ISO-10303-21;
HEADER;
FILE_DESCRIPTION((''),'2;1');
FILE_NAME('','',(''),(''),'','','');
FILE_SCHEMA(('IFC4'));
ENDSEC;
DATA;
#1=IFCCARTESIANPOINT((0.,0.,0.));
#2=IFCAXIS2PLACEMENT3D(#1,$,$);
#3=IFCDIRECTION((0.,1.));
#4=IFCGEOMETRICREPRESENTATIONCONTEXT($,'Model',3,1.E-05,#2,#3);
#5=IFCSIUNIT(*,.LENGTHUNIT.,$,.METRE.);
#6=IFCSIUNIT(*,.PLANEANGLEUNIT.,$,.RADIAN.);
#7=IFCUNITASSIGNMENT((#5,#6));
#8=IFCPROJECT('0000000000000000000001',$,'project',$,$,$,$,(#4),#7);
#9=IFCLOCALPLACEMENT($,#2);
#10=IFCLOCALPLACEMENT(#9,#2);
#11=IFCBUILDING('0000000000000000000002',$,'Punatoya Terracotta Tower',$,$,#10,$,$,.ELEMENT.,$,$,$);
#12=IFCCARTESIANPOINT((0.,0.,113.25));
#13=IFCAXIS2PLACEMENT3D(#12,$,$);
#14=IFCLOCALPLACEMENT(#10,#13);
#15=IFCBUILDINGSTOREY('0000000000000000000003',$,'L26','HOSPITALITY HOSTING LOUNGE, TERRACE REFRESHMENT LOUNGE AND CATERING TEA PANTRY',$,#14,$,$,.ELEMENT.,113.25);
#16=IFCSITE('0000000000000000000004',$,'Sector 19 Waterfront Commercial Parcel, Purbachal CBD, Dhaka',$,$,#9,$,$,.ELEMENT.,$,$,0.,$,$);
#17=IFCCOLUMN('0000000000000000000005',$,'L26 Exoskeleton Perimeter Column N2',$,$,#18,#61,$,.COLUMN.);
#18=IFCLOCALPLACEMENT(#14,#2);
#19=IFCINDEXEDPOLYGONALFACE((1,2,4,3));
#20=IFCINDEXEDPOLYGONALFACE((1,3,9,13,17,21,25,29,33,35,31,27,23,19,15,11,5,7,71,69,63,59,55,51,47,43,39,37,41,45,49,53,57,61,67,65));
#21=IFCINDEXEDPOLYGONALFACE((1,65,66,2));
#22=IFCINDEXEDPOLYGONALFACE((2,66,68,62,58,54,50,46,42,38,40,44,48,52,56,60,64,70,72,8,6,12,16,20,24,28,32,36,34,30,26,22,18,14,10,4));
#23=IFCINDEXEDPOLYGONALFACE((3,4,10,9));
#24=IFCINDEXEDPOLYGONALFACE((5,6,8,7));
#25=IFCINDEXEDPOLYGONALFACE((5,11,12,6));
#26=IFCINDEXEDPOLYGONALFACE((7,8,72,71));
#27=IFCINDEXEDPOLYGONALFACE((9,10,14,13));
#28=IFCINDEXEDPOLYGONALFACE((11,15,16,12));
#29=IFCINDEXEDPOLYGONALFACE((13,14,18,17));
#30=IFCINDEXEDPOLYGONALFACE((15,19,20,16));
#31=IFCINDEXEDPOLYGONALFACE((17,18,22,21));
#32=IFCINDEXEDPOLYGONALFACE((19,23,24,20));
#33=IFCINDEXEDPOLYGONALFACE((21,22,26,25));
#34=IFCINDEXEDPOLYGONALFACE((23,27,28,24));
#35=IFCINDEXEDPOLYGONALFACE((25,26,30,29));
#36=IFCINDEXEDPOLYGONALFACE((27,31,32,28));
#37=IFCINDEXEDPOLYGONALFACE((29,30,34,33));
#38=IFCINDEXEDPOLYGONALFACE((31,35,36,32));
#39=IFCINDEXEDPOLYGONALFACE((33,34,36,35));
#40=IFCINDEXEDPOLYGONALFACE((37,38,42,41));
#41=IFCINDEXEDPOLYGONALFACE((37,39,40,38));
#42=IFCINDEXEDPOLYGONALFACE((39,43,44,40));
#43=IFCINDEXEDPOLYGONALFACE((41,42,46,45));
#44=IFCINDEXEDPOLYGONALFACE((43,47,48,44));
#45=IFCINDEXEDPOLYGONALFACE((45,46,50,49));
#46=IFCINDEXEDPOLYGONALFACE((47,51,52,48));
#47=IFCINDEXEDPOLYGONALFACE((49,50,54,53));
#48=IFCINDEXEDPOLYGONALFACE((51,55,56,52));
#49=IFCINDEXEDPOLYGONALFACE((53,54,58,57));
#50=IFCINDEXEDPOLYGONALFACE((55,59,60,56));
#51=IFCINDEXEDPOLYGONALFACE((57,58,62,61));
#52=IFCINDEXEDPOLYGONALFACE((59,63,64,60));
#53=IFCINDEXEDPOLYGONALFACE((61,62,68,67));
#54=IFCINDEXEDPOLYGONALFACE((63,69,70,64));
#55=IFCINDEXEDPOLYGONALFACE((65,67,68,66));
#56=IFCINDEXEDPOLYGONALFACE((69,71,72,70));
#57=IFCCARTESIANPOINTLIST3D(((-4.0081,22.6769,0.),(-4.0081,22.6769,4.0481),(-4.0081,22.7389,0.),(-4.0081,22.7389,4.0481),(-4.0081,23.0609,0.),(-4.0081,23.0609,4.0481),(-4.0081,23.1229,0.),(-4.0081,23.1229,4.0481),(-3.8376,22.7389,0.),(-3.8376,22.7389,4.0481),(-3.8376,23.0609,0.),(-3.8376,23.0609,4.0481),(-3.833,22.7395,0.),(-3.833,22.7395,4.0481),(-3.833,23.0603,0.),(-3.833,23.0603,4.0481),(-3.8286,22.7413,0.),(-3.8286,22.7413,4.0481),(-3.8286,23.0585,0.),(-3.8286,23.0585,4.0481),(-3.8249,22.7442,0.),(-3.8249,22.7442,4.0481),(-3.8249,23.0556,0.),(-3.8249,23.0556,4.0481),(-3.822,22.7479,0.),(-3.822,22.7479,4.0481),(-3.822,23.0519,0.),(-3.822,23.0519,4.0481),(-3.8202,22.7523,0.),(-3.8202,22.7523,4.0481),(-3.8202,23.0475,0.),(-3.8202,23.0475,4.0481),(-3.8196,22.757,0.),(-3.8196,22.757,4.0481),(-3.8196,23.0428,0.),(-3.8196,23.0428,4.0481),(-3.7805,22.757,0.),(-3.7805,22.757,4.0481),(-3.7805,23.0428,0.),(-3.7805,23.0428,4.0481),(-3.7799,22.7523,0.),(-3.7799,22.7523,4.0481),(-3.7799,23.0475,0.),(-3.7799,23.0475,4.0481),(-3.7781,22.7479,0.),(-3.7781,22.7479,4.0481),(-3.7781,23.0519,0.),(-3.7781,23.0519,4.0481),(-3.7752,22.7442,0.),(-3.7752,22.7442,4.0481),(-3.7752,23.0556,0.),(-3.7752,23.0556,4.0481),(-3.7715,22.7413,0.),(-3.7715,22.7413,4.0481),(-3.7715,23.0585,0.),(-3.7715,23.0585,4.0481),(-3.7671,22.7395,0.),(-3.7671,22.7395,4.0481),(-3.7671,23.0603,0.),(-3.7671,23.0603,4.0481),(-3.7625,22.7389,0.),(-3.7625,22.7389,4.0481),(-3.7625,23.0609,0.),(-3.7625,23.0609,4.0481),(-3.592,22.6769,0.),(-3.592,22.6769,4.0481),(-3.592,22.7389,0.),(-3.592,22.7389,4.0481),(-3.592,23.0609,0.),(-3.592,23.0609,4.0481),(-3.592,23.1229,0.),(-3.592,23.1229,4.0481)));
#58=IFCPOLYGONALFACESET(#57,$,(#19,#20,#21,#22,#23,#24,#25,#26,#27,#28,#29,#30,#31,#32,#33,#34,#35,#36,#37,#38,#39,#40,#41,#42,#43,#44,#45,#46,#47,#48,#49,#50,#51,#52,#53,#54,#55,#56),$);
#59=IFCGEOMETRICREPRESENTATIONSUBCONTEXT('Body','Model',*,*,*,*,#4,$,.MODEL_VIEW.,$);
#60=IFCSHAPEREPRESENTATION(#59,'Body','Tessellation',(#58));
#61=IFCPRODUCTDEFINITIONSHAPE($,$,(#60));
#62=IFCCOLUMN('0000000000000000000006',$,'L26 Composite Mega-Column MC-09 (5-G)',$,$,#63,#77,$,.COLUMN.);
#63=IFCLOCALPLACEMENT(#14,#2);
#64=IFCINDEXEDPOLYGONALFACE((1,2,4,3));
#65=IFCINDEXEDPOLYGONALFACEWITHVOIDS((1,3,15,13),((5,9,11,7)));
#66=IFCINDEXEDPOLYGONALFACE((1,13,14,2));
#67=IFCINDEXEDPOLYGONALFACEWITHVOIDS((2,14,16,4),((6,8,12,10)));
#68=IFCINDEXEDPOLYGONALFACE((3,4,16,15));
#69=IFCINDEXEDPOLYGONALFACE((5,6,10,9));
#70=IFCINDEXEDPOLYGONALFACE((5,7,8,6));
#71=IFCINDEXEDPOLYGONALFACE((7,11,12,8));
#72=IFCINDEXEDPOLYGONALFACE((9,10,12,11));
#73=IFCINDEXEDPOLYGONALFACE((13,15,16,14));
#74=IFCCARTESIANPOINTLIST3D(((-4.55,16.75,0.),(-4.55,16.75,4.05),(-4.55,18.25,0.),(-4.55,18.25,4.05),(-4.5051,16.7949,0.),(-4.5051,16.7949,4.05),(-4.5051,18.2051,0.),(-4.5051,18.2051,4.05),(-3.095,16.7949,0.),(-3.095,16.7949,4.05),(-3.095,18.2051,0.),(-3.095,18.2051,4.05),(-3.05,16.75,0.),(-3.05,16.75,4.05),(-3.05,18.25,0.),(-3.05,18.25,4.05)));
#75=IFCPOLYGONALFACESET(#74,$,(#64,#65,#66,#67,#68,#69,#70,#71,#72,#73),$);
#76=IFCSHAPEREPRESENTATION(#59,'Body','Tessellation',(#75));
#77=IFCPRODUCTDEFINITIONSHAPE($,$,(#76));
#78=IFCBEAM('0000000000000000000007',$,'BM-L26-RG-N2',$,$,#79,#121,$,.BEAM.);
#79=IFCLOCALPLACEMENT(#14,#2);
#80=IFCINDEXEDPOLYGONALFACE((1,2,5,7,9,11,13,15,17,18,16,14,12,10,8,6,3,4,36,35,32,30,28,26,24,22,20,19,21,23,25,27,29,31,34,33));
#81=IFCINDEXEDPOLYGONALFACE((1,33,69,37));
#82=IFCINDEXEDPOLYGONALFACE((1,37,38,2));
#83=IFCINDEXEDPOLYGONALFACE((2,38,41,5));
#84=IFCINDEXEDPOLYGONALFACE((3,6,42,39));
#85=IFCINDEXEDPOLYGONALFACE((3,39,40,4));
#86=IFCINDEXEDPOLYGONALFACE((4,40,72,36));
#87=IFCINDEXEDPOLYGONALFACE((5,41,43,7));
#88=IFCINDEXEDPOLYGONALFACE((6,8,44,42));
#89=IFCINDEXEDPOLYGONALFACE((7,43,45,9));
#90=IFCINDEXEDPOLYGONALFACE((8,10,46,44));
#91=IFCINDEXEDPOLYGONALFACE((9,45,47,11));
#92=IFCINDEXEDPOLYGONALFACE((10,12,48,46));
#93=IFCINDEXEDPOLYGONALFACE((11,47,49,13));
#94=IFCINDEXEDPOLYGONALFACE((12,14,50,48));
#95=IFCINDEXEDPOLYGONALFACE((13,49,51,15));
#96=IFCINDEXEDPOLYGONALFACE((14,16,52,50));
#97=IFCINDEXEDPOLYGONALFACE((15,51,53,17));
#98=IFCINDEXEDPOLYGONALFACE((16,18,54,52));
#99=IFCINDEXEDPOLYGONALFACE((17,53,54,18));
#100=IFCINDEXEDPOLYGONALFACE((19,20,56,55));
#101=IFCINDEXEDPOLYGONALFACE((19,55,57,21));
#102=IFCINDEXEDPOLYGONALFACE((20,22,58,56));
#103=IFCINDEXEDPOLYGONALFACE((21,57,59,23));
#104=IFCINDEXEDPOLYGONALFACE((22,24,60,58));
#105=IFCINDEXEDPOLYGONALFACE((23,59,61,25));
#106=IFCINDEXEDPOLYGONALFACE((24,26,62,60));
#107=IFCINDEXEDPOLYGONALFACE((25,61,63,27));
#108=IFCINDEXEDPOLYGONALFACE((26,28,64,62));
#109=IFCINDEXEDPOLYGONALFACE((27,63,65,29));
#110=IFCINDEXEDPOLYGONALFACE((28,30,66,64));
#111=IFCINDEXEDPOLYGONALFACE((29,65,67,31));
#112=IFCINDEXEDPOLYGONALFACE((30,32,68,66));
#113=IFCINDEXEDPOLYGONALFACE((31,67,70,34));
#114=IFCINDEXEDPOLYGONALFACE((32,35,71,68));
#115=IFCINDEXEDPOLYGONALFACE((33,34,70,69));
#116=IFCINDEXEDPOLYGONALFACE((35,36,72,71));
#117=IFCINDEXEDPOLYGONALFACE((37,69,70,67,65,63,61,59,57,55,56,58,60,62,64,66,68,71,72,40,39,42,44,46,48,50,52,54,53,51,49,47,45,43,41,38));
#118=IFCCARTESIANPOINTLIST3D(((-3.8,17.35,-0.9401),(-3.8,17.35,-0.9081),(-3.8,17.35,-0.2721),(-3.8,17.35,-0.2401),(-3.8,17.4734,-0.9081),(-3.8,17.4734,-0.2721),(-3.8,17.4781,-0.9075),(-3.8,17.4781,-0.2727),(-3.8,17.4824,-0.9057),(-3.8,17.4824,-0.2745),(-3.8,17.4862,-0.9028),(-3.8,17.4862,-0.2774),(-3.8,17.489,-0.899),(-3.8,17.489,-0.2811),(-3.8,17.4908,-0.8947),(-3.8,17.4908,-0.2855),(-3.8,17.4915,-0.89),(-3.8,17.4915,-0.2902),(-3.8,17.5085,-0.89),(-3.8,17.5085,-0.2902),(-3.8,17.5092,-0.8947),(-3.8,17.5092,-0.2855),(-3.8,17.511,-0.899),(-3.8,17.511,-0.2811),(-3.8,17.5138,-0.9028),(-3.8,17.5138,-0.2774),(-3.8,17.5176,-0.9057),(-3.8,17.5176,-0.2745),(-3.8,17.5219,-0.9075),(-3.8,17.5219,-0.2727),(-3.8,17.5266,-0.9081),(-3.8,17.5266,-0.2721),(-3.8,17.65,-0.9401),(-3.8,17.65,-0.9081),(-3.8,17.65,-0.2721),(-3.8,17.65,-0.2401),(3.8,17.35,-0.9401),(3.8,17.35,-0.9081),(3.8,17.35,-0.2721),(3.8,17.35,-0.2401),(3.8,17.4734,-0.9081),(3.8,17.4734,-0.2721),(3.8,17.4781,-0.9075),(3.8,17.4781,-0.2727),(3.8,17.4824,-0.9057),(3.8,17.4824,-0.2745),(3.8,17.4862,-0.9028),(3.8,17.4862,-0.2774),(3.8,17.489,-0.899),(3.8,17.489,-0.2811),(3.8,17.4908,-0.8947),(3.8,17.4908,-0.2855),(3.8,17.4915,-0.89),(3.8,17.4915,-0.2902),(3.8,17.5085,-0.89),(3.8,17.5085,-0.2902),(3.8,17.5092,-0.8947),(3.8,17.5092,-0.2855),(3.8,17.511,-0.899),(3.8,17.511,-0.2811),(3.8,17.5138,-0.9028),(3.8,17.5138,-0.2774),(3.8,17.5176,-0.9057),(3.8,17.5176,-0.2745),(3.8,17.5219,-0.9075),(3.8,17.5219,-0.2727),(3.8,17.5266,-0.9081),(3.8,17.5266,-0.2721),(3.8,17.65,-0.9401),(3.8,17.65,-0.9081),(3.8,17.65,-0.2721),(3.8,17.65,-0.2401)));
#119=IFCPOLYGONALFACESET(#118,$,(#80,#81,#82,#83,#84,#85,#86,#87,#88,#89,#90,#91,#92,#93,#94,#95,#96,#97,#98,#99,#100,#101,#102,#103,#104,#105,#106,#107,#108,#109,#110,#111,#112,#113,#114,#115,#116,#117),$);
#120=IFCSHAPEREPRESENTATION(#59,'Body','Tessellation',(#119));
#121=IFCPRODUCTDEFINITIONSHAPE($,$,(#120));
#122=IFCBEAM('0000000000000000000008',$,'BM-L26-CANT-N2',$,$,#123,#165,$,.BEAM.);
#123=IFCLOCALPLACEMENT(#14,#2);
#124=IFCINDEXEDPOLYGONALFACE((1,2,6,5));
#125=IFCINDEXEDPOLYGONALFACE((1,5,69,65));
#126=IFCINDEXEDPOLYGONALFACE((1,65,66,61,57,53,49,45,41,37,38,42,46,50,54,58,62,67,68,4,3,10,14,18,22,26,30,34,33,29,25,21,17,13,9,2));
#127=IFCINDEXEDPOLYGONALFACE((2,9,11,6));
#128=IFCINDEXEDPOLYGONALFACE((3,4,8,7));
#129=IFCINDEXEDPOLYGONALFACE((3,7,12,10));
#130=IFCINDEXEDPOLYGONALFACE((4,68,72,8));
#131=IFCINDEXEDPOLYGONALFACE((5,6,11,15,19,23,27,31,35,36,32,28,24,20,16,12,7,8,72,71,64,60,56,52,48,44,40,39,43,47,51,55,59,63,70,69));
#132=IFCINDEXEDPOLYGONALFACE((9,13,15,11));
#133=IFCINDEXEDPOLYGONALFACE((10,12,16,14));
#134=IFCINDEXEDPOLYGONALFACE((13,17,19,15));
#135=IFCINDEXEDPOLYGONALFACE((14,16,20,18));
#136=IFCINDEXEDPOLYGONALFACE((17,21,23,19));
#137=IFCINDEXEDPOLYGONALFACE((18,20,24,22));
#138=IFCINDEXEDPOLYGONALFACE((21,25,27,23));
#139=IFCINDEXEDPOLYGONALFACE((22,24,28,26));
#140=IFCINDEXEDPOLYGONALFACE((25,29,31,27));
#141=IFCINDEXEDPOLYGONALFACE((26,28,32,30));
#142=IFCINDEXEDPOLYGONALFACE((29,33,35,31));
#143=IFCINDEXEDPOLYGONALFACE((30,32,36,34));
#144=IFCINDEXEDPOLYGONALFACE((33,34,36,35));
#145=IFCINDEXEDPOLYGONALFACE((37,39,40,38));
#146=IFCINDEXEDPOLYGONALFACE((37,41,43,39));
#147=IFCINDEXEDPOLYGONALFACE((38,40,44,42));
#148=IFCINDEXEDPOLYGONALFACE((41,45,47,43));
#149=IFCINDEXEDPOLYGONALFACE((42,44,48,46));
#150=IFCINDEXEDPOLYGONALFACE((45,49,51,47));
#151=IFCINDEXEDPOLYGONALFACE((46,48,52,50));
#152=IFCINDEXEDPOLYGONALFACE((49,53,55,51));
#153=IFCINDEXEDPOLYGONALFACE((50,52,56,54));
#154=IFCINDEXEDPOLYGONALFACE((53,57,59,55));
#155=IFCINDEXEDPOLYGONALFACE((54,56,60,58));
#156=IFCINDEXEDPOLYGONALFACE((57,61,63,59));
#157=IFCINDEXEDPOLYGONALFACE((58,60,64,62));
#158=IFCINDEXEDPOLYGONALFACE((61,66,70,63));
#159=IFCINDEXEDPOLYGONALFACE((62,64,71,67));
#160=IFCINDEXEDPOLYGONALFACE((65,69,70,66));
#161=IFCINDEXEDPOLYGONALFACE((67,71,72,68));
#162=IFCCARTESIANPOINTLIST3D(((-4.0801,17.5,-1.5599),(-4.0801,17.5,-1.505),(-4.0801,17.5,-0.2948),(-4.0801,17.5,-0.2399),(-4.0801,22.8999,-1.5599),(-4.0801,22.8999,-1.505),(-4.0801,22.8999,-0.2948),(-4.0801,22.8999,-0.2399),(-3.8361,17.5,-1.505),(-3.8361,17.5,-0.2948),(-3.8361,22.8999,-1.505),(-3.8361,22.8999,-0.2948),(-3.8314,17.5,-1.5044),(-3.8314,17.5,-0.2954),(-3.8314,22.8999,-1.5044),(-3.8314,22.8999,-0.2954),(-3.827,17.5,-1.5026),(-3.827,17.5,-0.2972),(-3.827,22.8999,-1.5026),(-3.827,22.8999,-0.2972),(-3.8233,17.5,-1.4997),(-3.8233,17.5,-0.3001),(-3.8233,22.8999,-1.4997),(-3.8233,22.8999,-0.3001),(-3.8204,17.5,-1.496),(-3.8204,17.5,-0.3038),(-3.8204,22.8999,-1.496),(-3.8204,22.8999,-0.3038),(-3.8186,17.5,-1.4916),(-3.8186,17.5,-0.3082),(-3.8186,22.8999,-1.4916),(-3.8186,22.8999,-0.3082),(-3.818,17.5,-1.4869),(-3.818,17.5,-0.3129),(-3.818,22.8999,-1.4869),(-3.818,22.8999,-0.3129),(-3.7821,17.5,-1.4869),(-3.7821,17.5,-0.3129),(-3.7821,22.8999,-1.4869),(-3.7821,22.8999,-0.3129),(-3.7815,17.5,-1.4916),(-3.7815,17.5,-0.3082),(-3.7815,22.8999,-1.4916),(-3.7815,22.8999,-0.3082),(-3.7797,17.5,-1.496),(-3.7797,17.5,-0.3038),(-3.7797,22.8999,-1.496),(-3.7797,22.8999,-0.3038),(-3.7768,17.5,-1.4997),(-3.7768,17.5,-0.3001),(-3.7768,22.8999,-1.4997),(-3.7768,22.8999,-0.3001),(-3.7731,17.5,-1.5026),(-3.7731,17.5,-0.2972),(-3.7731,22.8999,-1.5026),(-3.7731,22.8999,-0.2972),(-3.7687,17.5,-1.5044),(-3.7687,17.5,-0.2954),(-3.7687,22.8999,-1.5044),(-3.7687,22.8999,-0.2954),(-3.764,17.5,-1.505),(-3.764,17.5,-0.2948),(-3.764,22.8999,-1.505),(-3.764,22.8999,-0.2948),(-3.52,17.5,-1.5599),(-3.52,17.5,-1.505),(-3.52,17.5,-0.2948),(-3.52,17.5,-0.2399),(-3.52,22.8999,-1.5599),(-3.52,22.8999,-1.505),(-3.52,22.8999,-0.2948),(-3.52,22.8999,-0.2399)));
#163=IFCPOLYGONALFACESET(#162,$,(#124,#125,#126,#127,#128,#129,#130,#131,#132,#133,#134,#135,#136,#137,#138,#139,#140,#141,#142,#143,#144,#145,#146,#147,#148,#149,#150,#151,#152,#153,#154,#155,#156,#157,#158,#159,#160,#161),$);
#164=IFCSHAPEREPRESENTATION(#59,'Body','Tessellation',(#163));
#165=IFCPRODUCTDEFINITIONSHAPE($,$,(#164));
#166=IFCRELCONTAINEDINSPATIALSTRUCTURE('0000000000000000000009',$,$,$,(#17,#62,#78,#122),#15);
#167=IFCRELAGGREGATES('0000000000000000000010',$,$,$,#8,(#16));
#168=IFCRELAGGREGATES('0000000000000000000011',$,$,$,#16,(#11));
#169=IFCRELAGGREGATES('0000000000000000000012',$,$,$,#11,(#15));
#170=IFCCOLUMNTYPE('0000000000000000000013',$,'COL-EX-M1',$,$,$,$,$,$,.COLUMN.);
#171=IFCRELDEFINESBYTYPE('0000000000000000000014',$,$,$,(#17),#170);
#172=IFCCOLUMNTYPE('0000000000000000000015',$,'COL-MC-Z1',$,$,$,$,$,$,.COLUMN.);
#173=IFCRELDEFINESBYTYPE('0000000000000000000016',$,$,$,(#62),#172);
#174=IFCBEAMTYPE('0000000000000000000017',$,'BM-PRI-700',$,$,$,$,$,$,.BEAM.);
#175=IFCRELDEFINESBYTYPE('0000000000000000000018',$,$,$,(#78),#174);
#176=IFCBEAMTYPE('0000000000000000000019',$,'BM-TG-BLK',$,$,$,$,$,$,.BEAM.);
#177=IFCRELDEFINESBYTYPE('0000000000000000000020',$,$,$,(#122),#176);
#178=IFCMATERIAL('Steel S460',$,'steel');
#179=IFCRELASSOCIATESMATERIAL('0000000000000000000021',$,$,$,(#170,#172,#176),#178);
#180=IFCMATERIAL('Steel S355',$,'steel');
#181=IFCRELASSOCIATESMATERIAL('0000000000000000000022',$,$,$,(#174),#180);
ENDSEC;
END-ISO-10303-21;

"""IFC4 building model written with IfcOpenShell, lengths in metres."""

from ifc_helpers import new_model, si_unit, direction, frame, origin, origin_2d, place, context, subcontext, project, spatial, hollow_rectangle, i_section, extrude, material, material_profile, profile_set, type_object, element, save


model = new_model("IFC4")

# Units and contexts
model_context = context("Model", 3, precision=1e-05, world=origin(), true_north=direction((0.0, 1.0)))
body_context = subcontext(model_context, "Body", "Model", "MODEL_VIEW")
ifc_project = project(units=[si_unit("LENGTHUNIT", "METRE"), si_unit("PLANEANGLEUNIT", "RADIAN")], contexts=[model_context])

# Site, building, storey
site_placement = place(None, origin())
site = spatial("IfcSite", under=ifc_project, at=site_placement, Name="Sector 19 Waterfront Commercial Parcel, Purbachal CBD, Dhaka", CompositionType="ELEMENT", RefElevation=0.0)
building_placement = place(site_placement, origin())
building = spatial("IfcBuilding", under=site, at=building_placement, Name="Punatoya Terracotta Tower", CompositionType="ELEMENT")
storey_placement = place(building_placement, frame((0.0, 0.0, 113.25)))
storey = spatial("IfcBuildingStorey", under=building, at=storey_placement, Name="L26", Description="HOSPITALITY HOSTING LOUNGE, TERRACE REFRESHMENT LOUNGE AND CATERING TEA PANTRY", CompositionType="ELEMENT", Elevation=113.25)

# Columns
ifc_material_1 = material(Name="Steel S460", Category="steel")
ifc_material_profile_1 = material_profile(ifc_material_1, i_section(OverallWidth=0.416, OverallDepth=0.446, WebThickness=0.0391, FlangeThickness=0.062, FilletRadius=0.0181, at=origin_2d()))
ifc_profile_set_1 = profile_set([ifc_material_profile_1], Name="Steel S460")
column_type_1 = type_object("IfcColumnType", Name="COL-EX-M1", PredefinedType="COLUMN", material=ifc_profile_set_1)
column_1_placement = place(storey_placement, frame((-3.8, 22.8999, 0.0), z_axis=(0.0, 0.0, 1.0), x_axis=(1.0, 0.0, 0.0)))
element("IfcColumn", 1, at=column_1_placement, inside=storey, type_object=column_type_1, Name="L26 Exoskeleton Perimeter Column N2", PredefinedType="COLUMN", context=body_context, shape_type="SweptSolid", body=[
    extrude(i_section(OverallWidth=0.416, OverallDepth=0.446, WebThickness=0.0391, FlangeThickness=0.062, FilletRadius=0.0181, at=origin_2d()), origin(), (0.0, 0.0, 1.0), 4.0481),
])
ifc_material_profile_2 = material_profile(ifc_material_1, hollow_rectangle(XDim=1.5, YDim=1.5, WallThickness=0.0449, at=origin_2d()))
ifc_profile_set_2 = profile_set([ifc_material_profile_2], Name="Steel S460")
column_type_2 = type_object("IfcColumnType", Name="COL-MC-Z1", PredefinedType="COLUMN", material=ifc_profile_set_2)
column_2_placement = place(storey_placement, frame((-3.8, 17.5, 0.0), z_axis=(0.0, 0.0, 1.0), x_axis=(1.0, 0.0, 0.0)))
element("IfcColumn", 2, at=column_2_placement, inside=storey, type_object=column_type_2, Name="L26 Composite Mega-Column MC-09 (5-G)", PredefinedType="COLUMN", context=body_context, shape_type="SweptSolid", body=[
    extrude(hollow_rectangle(XDim=1.5, YDim=1.5, WallThickness=0.0449, at=origin_2d()), origin(), (0.0, 0.0, 1.0), 4.05),
])

# Beams
ifc_material_2 = material(Name="Steel S355", Category="steel")
ifc_material_profile_3 = material_profile(ifc_material_2, i_section(OverallWidth=0.3, OverallDepth=0.7, WebThickness=0.0171, FlangeThickness=0.032, FilletRadius=0.0181, at=origin_2d()))
ifc_profile_set_3 = profile_set([ifc_material_profile_3], Name="Steel S355")
beam_type_1 = type_object("IfcBeamType", Name="BM-PRI-700", PredefinedType="BEAM", material=ifc_profile_set_3)
beam_1_placement = place(storey_placement, frame((-3.8, 17.5, -0.5901), z_axis=(1.0, 0.0, 0.0), x_axis=(0.0, 1.0, 0.0)))
element("IfcBeam", 3, at=beam_1_placement, inside=storey, type_object=beam_type_1, Name="BM-L26-RG-N2", PredefinedType="BEAM", context=body_context, shape_type="SweptSolid", body=[
    extrude(i_section(OverallWidth=0.3, OverallDepth=0.7, WebThickness=0.0171, FlangeThickness=0.032, FilletRadius=0.0181, at=origin_2d()), origin(), (0.0, 0.0, 1.0), 7.6001),
])
ifc_material_profile_4 = material_profile(ifc_material_1, i_section(OverallWidth=0.5601, OverallDepth=1.3201, WebThickness=0.0359, FlangeThickness=0.0549, FilletRadius=0.0181, at=origin_2d()))
ifc_profile_set_4 = profile_set([ifc_material_profile_4], Name="Steel S460")
beam_type_2 = type_object("IfcBeamType", Name="BM-TG-BLK", PredefinedType="BEAM", material=ifc_profile_set_4)
beam_2_placement = place(storey_placement, frame((-3.8, 17.5, -0.8999), z_axis=(0.0, 1.0, 0.0), x_axis=(-1.0, 0.0, 0.0)))
element("IfcBeam", 4, at=beam_2_placement, inside=storey, type_object=beam_type_2, Name="BM-L26-CANT-N2", PredefinedType="BEAM", context=body_context, shape_type="SweptSolid", body=[
    extrude(i_section(OverallWidth=0.5601, OverallDepth=1.3201, WebThickness=0.0359, FlangeThickness=0.0549, FilletRadius=0.0181, at=origin_2d()), origin(), (0.0, 0.0, 1.0), 5.3999),
])

save(model, "model.ifc")
